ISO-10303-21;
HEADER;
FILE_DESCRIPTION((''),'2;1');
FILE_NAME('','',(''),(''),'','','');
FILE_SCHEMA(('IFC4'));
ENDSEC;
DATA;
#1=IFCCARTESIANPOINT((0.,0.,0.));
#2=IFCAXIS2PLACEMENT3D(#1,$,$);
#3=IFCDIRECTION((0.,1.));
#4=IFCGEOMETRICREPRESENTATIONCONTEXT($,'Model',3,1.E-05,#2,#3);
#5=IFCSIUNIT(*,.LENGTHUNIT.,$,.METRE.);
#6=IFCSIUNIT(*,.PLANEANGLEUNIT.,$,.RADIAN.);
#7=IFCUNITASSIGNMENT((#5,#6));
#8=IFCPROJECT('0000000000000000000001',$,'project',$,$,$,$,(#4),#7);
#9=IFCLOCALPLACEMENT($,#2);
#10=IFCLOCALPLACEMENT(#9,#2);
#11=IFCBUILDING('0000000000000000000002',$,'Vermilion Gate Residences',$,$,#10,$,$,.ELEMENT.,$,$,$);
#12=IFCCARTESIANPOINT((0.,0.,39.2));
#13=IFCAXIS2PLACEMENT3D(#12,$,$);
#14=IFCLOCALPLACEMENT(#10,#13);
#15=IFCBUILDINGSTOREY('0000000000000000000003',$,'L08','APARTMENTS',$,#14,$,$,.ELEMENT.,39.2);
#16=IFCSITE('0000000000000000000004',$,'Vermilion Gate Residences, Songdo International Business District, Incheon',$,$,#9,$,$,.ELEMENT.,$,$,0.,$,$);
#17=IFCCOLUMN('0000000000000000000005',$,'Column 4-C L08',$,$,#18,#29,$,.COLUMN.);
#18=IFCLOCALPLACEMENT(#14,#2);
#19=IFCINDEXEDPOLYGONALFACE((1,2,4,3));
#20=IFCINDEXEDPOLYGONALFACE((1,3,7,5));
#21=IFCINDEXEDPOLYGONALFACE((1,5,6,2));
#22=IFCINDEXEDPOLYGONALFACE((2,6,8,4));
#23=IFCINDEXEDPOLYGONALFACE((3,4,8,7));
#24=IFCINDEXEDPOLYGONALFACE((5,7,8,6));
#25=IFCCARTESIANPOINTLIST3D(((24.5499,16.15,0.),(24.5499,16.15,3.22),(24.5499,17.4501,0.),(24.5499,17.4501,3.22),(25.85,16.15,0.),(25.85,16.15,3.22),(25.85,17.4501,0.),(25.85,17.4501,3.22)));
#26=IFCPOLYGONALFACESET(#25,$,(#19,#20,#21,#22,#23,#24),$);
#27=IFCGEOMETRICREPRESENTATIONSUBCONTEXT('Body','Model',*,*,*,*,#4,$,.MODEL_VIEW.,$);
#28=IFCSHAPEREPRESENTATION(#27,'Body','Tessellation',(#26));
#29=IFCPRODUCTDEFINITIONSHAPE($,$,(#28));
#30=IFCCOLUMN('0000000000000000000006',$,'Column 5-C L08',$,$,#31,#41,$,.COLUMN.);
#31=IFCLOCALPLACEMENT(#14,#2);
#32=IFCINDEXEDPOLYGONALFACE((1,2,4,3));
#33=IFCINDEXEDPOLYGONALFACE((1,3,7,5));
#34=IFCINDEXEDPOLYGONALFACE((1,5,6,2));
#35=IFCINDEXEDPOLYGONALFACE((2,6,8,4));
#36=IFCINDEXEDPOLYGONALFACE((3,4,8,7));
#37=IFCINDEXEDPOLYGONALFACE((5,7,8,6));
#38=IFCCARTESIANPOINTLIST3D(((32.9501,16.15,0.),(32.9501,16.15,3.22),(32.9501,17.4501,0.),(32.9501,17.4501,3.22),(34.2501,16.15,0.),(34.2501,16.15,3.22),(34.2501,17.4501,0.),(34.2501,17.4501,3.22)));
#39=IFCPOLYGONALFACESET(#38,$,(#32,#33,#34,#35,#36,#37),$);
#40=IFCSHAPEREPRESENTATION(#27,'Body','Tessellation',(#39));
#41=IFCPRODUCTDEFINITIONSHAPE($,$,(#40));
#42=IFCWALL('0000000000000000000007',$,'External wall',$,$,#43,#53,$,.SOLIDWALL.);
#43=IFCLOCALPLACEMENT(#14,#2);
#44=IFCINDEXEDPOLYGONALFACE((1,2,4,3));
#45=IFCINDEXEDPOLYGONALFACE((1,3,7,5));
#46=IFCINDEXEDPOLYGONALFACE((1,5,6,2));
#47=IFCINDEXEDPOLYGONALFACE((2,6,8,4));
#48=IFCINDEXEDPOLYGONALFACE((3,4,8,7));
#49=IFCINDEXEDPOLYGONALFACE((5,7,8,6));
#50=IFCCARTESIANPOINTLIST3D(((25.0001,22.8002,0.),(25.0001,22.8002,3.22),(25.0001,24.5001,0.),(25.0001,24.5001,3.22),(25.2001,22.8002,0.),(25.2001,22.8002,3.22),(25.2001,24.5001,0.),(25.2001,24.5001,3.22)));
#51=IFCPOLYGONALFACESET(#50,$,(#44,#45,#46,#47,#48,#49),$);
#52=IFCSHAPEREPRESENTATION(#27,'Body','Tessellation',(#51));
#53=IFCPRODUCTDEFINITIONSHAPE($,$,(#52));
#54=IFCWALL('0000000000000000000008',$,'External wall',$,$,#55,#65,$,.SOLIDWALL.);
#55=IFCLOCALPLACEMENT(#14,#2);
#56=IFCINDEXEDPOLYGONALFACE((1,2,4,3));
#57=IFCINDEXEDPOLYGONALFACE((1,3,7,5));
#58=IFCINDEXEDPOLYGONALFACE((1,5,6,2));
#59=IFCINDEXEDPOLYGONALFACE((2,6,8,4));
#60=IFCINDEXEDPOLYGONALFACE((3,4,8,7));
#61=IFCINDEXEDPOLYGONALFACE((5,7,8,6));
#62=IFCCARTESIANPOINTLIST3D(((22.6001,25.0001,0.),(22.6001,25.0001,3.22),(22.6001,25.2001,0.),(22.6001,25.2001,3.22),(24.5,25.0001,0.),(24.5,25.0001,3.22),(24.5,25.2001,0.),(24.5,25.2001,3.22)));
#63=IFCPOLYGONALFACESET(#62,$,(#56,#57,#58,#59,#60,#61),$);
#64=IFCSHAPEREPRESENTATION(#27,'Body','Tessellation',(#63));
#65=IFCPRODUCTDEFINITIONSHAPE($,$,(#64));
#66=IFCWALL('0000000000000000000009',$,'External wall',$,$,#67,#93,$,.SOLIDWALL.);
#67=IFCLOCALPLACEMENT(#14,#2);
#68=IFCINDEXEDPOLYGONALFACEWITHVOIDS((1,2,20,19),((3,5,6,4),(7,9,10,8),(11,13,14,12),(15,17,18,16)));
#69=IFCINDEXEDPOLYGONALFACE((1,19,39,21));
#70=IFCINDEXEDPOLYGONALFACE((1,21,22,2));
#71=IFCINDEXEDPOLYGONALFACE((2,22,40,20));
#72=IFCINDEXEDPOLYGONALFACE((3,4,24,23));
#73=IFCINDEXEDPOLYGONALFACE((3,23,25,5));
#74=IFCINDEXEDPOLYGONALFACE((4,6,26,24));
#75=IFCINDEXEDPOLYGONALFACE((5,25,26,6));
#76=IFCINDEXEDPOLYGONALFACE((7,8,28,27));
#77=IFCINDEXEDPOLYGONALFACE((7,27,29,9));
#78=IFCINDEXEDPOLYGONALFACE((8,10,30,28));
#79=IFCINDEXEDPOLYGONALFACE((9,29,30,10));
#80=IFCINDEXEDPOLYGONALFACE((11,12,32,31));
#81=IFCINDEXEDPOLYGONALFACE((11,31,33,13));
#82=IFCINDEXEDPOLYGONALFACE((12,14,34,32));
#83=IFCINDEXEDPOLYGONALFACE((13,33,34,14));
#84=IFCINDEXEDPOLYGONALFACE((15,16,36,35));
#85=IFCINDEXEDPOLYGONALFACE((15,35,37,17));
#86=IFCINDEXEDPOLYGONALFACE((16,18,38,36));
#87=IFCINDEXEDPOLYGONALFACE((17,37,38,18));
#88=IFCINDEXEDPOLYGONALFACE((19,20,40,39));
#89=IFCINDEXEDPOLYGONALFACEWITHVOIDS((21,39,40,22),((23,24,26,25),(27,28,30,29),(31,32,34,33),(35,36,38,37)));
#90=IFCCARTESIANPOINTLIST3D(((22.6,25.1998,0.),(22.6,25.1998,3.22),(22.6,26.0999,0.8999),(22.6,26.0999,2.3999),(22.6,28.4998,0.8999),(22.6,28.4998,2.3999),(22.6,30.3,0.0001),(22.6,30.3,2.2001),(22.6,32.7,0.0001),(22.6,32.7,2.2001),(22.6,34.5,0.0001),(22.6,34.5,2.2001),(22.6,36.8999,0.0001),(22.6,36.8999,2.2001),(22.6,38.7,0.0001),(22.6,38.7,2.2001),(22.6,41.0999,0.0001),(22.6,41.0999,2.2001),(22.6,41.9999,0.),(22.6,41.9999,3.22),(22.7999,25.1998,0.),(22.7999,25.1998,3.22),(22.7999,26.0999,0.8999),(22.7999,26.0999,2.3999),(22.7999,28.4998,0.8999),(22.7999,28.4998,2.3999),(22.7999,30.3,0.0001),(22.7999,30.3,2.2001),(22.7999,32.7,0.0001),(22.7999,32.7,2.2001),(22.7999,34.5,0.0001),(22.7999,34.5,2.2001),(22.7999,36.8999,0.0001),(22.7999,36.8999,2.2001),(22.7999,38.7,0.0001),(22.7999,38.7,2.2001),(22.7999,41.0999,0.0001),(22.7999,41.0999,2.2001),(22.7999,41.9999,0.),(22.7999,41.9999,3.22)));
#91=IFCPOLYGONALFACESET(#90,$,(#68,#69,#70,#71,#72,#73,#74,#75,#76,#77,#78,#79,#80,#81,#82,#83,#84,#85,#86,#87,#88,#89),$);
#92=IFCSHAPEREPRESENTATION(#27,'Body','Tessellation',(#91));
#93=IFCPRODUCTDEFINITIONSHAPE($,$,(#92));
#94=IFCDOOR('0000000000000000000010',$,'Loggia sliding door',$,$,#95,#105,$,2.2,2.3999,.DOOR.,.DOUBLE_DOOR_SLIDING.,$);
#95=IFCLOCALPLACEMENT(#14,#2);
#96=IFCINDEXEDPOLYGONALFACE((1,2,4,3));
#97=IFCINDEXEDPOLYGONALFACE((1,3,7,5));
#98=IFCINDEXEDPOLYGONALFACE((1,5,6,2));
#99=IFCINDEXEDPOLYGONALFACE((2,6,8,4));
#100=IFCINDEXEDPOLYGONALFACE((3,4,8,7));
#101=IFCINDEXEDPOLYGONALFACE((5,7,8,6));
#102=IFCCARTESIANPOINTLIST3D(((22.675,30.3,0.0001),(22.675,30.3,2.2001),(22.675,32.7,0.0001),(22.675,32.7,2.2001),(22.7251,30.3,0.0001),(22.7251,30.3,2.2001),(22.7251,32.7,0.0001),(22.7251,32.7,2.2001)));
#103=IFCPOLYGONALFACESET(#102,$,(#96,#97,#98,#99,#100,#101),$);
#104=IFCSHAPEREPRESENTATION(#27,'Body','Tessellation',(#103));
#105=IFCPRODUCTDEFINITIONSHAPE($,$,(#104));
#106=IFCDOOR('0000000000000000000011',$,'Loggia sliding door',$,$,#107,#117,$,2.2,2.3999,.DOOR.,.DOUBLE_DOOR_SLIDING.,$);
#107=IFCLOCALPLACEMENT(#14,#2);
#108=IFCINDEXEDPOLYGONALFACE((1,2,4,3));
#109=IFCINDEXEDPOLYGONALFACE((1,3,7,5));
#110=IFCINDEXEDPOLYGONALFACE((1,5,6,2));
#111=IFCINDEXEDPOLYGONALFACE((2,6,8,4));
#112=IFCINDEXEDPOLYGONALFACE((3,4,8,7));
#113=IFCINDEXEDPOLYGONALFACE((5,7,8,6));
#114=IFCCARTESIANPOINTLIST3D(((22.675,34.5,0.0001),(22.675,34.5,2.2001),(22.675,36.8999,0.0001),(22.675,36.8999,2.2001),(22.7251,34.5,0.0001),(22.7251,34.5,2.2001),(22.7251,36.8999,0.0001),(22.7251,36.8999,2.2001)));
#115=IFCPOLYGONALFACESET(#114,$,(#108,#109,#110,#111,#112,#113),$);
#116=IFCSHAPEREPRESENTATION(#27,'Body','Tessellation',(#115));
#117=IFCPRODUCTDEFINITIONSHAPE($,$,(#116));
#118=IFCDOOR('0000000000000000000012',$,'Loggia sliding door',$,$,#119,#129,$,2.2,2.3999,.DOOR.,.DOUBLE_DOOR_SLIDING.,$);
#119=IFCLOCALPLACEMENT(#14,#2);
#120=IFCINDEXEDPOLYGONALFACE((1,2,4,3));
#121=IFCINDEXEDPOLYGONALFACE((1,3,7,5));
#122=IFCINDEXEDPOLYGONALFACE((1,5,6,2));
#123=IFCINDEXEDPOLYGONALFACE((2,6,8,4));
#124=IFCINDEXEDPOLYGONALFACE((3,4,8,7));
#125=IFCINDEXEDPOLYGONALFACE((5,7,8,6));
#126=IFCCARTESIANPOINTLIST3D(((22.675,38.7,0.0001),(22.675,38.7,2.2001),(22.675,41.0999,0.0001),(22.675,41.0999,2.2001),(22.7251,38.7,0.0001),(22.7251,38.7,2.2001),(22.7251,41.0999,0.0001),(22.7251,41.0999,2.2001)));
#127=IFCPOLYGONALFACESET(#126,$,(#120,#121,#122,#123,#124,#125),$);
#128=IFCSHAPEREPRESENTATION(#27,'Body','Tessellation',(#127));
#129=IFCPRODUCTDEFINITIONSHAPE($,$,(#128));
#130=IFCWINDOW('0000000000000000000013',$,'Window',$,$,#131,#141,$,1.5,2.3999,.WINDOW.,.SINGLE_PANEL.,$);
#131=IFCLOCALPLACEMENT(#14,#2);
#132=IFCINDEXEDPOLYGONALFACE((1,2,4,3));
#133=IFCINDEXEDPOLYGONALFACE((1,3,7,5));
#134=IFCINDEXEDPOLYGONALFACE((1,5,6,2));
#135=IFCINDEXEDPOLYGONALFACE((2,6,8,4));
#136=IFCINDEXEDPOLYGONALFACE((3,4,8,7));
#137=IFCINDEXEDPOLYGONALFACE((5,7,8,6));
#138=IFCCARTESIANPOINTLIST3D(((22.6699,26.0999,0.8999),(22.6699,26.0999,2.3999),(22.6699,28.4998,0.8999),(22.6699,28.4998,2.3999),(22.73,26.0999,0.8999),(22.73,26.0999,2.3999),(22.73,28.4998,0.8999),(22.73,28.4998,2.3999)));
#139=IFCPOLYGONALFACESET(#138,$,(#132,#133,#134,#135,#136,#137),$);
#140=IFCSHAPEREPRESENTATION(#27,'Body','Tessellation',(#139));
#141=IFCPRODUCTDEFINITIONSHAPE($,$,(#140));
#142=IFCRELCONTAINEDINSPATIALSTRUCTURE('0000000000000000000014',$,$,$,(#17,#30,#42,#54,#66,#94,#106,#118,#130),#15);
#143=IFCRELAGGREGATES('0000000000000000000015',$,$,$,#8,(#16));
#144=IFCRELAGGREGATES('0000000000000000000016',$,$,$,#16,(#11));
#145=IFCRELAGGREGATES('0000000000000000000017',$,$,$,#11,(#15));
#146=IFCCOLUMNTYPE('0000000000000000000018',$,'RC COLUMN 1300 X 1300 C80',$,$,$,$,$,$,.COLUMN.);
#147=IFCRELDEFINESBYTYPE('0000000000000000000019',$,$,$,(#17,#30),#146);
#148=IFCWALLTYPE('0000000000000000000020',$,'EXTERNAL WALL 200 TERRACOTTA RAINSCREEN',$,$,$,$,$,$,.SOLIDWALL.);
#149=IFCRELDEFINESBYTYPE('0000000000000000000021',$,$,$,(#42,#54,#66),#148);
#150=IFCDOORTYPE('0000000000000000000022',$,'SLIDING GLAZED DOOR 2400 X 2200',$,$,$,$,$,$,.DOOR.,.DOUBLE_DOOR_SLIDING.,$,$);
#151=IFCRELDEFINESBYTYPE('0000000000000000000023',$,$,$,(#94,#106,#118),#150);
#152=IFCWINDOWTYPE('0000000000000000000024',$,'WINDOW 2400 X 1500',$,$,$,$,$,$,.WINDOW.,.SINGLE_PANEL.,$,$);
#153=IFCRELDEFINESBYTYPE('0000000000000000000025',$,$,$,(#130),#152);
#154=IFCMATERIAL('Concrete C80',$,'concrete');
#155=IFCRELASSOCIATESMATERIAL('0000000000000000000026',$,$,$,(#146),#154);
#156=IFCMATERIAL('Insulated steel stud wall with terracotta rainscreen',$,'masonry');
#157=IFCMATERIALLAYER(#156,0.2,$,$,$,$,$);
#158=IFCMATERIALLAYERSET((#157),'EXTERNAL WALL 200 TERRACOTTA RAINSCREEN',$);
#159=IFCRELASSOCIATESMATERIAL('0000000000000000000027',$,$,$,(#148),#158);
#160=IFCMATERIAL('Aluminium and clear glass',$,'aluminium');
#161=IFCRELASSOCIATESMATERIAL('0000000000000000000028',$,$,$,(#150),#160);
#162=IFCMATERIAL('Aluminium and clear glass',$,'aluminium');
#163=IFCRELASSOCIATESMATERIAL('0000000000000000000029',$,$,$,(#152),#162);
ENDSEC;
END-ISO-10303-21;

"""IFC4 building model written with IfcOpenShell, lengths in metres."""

from ifc_helpers import new_model, si_unit, direction, frame, frame_2d, origin, origin_2d, place, context, subcontext, project, spatial, rectangle, extrude, material, layer, layer_set, material_profile, profile_set, type_object, element, fill, save


model = new_model("IFC4")

# Units and contexts
model_context = context("Model", 3, precision=1e-05, world=origin(), true_north=direction((0.0, 1.0)))
body_context = subcontext(model_context, "Body", "Model", "MODEL_VIEW")
ifc_project = project(units=[si_unit("LENGTHUNIT", "METRE"), si_unit("PLANEANGLEUNIT", "RADIAN")], contexts=[model_context])

# Site, building, storey
site_placement = place(None, origin())
site = spatial("IfcSite", under=ifc_project, at=site_placement, Name="Vermilion Gate Residences, Songdo International Business District, Incheon", CompositionType="ELEMENT", RefElevation=0.0)
building_placement = place(site_placement, origin())
building = spatial("IfcBuilding", under=site, at=building_placement, Name="Vermilion Gate Residences", CompositionType="ELEMENT")
storey_placement = place(building_placement, frame((0.0, 0.0, 39.2)))
storey = spatial("IfcBuildingStorey", under=building, at=storey_placement, Name="L08", Description="APARTMENTS", CompositionType="ELEMENT", Elevation=39.2)

# Columns
ifc_material_1 = material(Name="Concrete C80", Category="concrete")
ifc_material_profile = material_profile(ifc_material_1, rectangle(XDim=1.3, YDim=1.3, at=origin_2d()), Name="RC-1300x1300")
ifc_profile_set = profile_set([ifc_material_profile], Name="Concrete C80")
column_type = type_object("IfcColumnType", Name="RC COLUMN 1300 X 1300 C80", PredefinedType="COLUMN", material=ifc_profile_set)
for number, where, z_axis, x_axis, name in (
    (1, (25.2, 16.8, 0.0), (0.0, 0.0, 1.0), (1.0, 0.0, 0.0), "Column 4-C L08"),
    (2, (33.6001, 16.8, 0.0), (0.0, 0.0, 1.0), (1.0, 0.0, 0.0), "Column 5-C L08"),
):
    element("IfcColumn", number, at=place(storey_placement, frame(where, z_axis=z_axis, x_axis=x_axis)), inside=storey, type_object=column_type, Name=name, PredefinedType="COLUMN", context=body_context, shape_type="SweptSolid", body=[
        extrude(rectangle(XDim=1.3, YDim=1.3, at=origin_2d()), origin(), (0.0, 0.0, 1.0), 3.22),
    ])

# Walls
ifc_material_2 = material(Name="Insulated steel stud wall with terracotta rainscreen", Category="masonry")
ifc_layer_1 = layer(ifc_material_2, 0.2)
ifc_layer_set_1 = layer_set([ifc_layer_1], Name="EXTERNAL WALL 200 TERRACOTTA RAINSCREEN")
wall_type_1 = type_object("IfcWallType", Name="EXTERNAL WALL 200 TERRACOTTA RAINSCREEN", PredefinedType="SOLIDWALL", material=ifc_layer_set_1)
wall_1_placement = place(storey_placement, frame((25.1001, 22.8, 0.0), z_axis=(0.0, 0.0, 1.0), x_axis=(0.0, 1.0, 0.0)))
element("IfcWall", 3, at=wall_1_placement, inside=storey, type_object=wall_type_1, Name="External wall", PredefinedType="SOLIDWALL", context=body_context, shape_type="SweptSolid", body=[
    extrude(rectangle(XDim=1.7, YDim=0.2, at=frame_2d((0.8501, 0.0))), origin(), (0.0, 0.0, 1.0), 3.22),
])
wall_2_placement = place(storey_placement, frame((24.5, 25.1001, 0.0), z_axis=(0.0, 0.0, 1.0), x_axis=(-1.0, 0.0, 0.0)))
element("IfcWall", 4, at=wall_2_placement, inside=storey, type_object=wall_type_1, Name="External wall", PredefinedType="SOLIDWALL", context=body_context, shape_type="SweptSolid", body=[
    extrude(rectangle(XDim=1.8999, YDim=0.2, at=frame_2d((0.95, 0.0))), origin(), (0.0, 0.0, 1.0), 3.22),
])

# Wall, openings, doors, window
wall_3_placement = place(storey_placement, frame((22.7, 25.2, 0.0), z_axis=(0.0, 0.0, 1.0), x_axis=(0.0, 1.0, 0.0)))
wall_3 = element("IfcWall", 5, at=wall_3_placement, inside=storey, type_object=wall_type_1, Name="External wall", PredefinedType="SOLIDWALL", context=body_context, shape_type="SweptSolid", body=[
    extrude(rectangle(XDim=16.8, YDim=0.2, at=frame_2d((8.3999, 0.0))), origin(), (0.0, 0.0, 1.0), 3.22),
])
opening_1_placement = place(wall_3_placement, frame((0.8999, 0.0, 0.8999)))
opening_1 = element("IfcOpeningElement", 6, at=opening_1_placement, cuts=wall_3, PredefinedType="OPENING", context=body_context, shape_type="SweptSolid", body=[
    extrude(rectangle(XDim=2.3999, YDim=1.5, at=frame_2d((1.2, 0.75))), frame((0.0, 0.1099, 0.0), z_axis=(0.0, -1.0, 0.0), x_axis=(1.0, 0.0, 0.0)), (0.0, 0.0, 1.0), 0.22),
])
opening_2_placement = place(wall_3_placement, frame((5.1001, 0.0, 0.0)))
opening_2 = element("IfcOpeningElement", 7, at=opening_2_placement, cuts=wall_3, PredefinedType="OPENING", context=body_context, shape_type="SweptSolid", body=[
    extrude(rectangle(XDim=2.3999, YDim=2.2, at=frame_2d((1.2, 1.1001))), frame((0.0, 0.1099, 0.0), z_axis=(0.0, -1.0, 0.0), x_axis=(1.0, 0.0, 0.0)), (0.0, 0.0, 1.0), 0.22),
])
opening_3_placement = place(wall_3_placement, frame((9.3, 0.0, 0.0)))
opening_3 = element("IfcOpeningElement", 8, at=opening_3_placement, cuts=wall_3, PredefinedType="OPENING", context=body_context, shape_type="SweptSolid", body=[
    extrude(rectangle(XDim=2.3999, YDim=2.2, at=frame_2d((1.2, 1.1001))), frame((0.0, 0.1099, 0.0), z_axis=(0.0, -1.0, 0.0), x_axis=(1.0, 0.0, 0.0)), (0.0, 0.0, 1.0), 0.22),
])
opening_4_placement = place(wall_3_placement, frame((13.5, 0.0, 0.0)))
opening_4 = element("IfcOpeningElement", 9, at=opening_4_placement, cuts=wall_3, PredefinedType="OPENING", context=body_context, shape_type="SweptSolid", body=[
    extrude(rectangle(XDim=2.3999, YDim=2.2, at=frame_2d((1.2, 1.1001))), frame((0.0, 0.1099, 0.0), z_axis=(0.0, -1.0, 0.0), x_axis=(1.0, 0.0, 0.0)), (0.0, 0.0, 1.0), 0.22),
])
ifc_material_3 = material(Name="Aluminium and clear glass", Category="aluminium")
door_type_1 = type_object("IfcDoorType", Name="SLIDING GLAZED DOOR 2400 X 2200", OperationType="DOUBLE_DOOR_SLIDING", PredefinedType="DOOR", material=ifc_material_3)
door_1_placement = place(opening_2_placement, origin())
door_1 = element("IfcDoor", 10, at=door_1_placement, inside=storey, type_object=door_type_1, Name="Loggia sliding door", OperationType="DOUBLE_DOOR_SLIDING", OverallHeight=2.2, OverallWidth=2.3999, PredefinedType="DOOR", context=body_context, shape_type="SweptSolid", body=[
    extrude(rectangle(XDim=2.3999, YDim=2.2, at=frame_2d((1.2, 1.1001))), frame((0.0, 0.0249, 0.0), z_axis=(0.0, -1.0, 0.0), x_axis=(1.0, 0.0, 0.0)), (0.0, 0.0, 1.0), 0.05),
])
fill(opening_2, door_1)
door_2_placement = place(opening_3_placement, origin())
door_2 = element("IfcDoor", 11, at=door_2_placement, inside=storey, type_object=door_type_1, Name="Loggia sliding door", OperationType="DOUBLE_DOOR_SLIDING", OverallHeight=2.2, OverallWidth=2.3999, PredefinedType="DOOR", context=body_context, shape_type="SweptSolid", body=[
    extrude(rectangle(XDim=2.3999, YDim=2.2, at=frame_2d((1.2, 1.1001))), frame((0.0, 0.0249, 0.0), z_axis=(0.0, -1.0, 0.0), x_axis=(1.0, 0.0, 0.0)), (0.0, 0.0, 1.0), 0.05),
])
fill(opening_3, door_2)
door_3_placement = place(opening_4_placement, origin())
door_3 = element("IfcDoor", 12, at=door_3_placement, inside=storey, type_object=door_type_1, Name="Loggia sliding door", OperationType="DOUBLE_DOOR_SLIDING", OverallHeight=2.2, OverallWidth=2.3999, PredefinedType="DOOR", context=body_context, shape_type="SweptSolid", body=[
    extrude(rectangle(XDim=2.3999, YDim=2.2, at=frame_2d((1.2, 1.1001))), frame((0.0, 0.0249, 0.0), z_axis=(0.0, -1.0, 0.0), x_axis=(1.0, 0.0, 0.0)), (0.0, 0.0, 1.0), 0.05),
])
fill(opening_4, door_3)
ifc_material_4 = material(Name="Aluminium and clear glass", Category="aluminium")
window_type = type_object("IfcWindowType", Name="WINDOW 2400 X 1500", PartitioningType="SINGLE_PANEL", PredefinedType="WINDOW", material=ifc_material_4)
window_placement = place(opening_1_placement, origin())
window = element("IfcWindow", 13, at=window_placement, inside=storey, type_object=window_type, Name="Window", OverallHeight=1.5, OverallWidth=2.3999, PartitioningType="SINGLE_PANEL", PredefinedType="WINDOW", context=body_context, shape_type="SweptSolid", body=[
    extrude(rectangle(XDim=2.3999, YDim=1.5, at=frame_2d((1.2, 0.75))), frame((0.0, 0.03, 0.0), z_axis=(0.0, -1.0, 0.0), x_axis=(1.0, 0.0, 0.0)), (0.0, 0.0, 1.0), 0.0601),
])
fill(opening_1, window)

save(model, "model.ifc")
